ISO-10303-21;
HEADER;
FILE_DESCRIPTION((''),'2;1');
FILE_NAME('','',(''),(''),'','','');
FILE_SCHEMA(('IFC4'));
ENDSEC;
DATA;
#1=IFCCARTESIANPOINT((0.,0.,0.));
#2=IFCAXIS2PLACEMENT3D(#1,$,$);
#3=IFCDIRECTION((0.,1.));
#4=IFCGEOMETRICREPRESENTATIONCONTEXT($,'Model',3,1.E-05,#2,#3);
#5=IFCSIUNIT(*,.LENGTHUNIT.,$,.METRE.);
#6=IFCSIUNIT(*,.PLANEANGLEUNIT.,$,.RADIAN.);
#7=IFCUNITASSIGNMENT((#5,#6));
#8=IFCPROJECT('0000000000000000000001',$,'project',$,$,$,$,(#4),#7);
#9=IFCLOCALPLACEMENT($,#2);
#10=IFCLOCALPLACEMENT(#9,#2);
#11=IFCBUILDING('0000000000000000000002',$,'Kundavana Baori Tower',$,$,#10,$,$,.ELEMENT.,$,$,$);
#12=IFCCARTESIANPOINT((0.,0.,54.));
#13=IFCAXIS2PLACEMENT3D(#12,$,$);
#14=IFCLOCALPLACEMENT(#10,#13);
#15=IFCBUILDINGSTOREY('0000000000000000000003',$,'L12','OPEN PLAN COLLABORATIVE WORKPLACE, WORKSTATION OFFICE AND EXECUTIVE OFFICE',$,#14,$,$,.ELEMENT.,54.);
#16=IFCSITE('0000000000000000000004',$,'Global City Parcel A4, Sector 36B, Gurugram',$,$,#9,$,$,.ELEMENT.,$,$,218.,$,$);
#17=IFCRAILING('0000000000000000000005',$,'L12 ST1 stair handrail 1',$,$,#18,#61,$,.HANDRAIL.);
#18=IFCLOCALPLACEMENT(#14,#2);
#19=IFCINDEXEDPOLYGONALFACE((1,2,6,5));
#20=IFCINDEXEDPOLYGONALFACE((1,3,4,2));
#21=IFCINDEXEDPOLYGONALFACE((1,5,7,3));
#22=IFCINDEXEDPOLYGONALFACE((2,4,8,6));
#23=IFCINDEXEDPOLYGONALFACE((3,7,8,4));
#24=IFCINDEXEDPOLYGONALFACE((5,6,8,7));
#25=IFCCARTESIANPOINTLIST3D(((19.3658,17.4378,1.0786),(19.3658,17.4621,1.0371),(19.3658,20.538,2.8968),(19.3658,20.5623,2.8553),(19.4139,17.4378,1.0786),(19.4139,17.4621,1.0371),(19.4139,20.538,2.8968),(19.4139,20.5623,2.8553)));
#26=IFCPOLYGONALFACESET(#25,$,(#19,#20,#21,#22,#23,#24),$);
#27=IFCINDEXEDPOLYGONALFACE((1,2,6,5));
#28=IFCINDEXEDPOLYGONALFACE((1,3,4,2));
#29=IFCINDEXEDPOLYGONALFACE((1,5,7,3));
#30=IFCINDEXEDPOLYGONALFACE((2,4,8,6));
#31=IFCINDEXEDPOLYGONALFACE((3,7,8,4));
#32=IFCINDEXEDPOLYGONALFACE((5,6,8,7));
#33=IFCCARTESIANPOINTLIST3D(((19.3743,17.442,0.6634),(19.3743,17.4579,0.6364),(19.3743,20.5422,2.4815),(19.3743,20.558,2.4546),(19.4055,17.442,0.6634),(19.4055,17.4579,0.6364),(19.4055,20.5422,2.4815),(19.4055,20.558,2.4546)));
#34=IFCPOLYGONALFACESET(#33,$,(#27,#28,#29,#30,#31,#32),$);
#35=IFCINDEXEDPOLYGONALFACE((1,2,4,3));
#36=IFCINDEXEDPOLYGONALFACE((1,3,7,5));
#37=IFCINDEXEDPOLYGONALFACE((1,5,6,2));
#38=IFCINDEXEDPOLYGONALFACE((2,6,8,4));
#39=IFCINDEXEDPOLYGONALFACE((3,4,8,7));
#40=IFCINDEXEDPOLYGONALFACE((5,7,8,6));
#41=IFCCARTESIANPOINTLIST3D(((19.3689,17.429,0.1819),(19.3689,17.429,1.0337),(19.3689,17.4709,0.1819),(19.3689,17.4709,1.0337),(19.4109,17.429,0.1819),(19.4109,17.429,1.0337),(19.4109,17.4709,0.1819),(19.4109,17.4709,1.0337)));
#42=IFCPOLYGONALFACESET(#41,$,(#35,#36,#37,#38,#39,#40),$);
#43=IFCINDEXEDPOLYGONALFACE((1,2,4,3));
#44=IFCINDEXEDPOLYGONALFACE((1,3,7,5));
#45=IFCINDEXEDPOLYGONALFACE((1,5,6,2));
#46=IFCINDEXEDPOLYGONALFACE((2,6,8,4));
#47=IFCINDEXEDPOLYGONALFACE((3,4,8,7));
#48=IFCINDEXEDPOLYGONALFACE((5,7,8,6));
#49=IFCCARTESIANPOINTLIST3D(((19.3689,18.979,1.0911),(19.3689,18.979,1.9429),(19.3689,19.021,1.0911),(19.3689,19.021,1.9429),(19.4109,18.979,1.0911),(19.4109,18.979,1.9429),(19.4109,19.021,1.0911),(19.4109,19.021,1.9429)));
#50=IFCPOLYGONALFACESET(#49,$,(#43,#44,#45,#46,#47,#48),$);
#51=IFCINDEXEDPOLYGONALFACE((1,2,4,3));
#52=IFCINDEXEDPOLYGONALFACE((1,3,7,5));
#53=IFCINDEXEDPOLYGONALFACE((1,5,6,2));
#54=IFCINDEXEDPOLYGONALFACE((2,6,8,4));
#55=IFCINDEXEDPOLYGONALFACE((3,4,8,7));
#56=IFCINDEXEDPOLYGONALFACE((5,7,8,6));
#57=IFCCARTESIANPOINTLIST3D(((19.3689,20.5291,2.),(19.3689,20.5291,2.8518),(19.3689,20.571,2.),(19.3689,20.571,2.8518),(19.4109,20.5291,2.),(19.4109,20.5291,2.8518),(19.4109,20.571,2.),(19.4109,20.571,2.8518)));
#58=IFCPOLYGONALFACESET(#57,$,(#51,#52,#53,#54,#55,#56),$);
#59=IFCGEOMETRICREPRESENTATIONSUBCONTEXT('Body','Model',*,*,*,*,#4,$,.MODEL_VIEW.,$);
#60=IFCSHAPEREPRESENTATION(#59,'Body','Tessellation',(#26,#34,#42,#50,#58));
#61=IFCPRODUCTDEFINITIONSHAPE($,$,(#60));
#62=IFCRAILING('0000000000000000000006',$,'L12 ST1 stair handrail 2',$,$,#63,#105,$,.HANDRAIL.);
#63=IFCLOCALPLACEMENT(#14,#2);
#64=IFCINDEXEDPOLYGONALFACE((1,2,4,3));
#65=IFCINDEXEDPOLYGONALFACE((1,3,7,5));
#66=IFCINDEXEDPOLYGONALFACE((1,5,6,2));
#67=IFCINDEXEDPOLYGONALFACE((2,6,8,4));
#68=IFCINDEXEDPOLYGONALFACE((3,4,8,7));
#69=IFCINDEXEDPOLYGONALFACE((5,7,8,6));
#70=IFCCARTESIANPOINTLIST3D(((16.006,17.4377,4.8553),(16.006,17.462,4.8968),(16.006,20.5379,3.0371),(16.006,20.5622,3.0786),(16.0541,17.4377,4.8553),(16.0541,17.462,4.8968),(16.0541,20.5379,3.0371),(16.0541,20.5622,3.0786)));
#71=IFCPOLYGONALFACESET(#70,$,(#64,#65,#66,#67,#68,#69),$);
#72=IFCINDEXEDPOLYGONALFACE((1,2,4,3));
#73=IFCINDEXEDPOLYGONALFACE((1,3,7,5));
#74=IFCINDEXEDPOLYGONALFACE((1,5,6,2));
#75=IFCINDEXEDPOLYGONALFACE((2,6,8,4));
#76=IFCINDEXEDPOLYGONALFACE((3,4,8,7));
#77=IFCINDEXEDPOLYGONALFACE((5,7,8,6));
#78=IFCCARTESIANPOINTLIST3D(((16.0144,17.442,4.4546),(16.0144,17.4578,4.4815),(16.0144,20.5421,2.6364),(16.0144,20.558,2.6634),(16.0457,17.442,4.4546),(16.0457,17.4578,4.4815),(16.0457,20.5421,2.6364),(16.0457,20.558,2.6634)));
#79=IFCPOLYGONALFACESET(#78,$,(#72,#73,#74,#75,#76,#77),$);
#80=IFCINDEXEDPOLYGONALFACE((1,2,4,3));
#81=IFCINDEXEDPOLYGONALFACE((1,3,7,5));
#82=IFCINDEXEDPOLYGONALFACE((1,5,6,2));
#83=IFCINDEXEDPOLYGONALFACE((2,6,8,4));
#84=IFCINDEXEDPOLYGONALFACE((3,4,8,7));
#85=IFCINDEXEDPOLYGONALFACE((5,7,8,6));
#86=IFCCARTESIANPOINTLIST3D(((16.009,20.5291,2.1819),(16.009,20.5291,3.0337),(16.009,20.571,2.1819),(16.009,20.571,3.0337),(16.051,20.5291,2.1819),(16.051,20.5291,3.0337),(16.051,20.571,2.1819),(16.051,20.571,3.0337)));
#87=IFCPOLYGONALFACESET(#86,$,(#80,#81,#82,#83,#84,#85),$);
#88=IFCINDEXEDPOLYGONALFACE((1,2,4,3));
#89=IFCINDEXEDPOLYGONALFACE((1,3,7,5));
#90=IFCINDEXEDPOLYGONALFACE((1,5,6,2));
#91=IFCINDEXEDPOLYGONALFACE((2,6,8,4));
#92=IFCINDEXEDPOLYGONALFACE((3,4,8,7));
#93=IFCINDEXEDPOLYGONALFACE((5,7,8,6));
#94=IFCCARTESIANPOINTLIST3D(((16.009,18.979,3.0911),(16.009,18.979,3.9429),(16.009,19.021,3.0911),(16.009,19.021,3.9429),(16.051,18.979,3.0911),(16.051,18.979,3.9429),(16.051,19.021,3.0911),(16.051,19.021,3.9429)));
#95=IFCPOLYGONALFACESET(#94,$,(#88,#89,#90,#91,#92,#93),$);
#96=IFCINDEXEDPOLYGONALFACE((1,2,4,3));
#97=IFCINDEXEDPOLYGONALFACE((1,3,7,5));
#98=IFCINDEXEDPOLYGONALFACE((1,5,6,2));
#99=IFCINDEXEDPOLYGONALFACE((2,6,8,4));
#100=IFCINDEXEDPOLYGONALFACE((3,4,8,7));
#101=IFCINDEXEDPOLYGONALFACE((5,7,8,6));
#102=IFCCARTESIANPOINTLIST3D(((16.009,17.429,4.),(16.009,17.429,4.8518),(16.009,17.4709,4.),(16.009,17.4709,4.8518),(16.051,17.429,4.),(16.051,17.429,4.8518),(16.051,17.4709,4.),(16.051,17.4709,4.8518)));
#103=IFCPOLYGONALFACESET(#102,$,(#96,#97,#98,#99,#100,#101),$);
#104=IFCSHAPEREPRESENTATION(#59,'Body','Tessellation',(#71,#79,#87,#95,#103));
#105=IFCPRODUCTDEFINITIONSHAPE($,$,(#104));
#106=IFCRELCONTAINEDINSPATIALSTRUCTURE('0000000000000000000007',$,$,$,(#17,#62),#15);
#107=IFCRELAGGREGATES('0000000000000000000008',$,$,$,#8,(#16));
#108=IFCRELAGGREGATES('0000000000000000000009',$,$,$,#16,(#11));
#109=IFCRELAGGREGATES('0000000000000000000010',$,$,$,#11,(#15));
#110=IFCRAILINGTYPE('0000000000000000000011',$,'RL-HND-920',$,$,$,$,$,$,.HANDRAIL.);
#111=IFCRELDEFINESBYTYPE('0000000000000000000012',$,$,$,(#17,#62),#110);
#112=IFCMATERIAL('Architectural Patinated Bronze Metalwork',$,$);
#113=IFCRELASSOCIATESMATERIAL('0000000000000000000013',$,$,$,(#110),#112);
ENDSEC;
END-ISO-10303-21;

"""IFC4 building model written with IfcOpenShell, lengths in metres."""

from ifc_helpers import new_model, si_unit, direction, frame, origin, origin_2d, place, context, subcontext, project, spatial, rectangle, extrude, material, type_object, element, save


model = new_model("IFC4")

# Units and contexts
model_context = context("Model", 3, precision=1e-05, world=origin(), true_north=direction((0.0, 1.0)))
body_context = subcontext(model_context, "Body", "Model", "MODEL_VIEW")
ifc_project = project(units=[si_unit("LENGTHUNIT", "METRE"), si_unit("PLANEANGLEUNIT", "RADIAN")], contexts=[model_context])

# Site, building, storey
site_placement = place(None, origin())
site = spatial("IfcSite", under=ifc_project, at=site_placement, Name="Global City Parcel A4, Sector 36B, Gurugram", CompositionType="ELEMENT", RefElevation=218.0)
building_placement = place(site_placement, origin())
building = spatial("IfcBuilding", under=site, at=building_placement, Name="Kundavana Baori Tower", CompositionType="ELEMENT")
storey_placement = place(building_placement, frame((0.0, 0.0, 54.0)))
storey = spatial("IfcBuildingStorey", under=building, at=storey_placement, Name="L12", Description="OPEN PLAN COLLABORATIVE WORKPLACE, WORKSTATION OFFICE AND EXECUTIVE OFFICE", CompositionType="ELEMENT", Elevation=54.0)

# Railings
ifc_material_1 = material(Name="Architectural Patinated Bronze Metalwork")
railing_type_1 = type_object("IfcRailingType", Name="RL-HND-920", PredefinedType="HANDRAIL", material=ifc_material_1)
railing_1_placement = place(storey_placement, frame((19.3899, 17.45, 0.1819)))
element("IfcRailing", 1, at=railing_1_placement, inside=storey, type_object=railing_type_1, Name="L12 ST1 stair handrail 1", PredefinedType="HANDRAIL", context=body_context, shape_type="SweptSolid", body=[
    extrude(rectangle(XDim=0.0481, YDim=0.0481, at=origin_2d()), frame((0.0, 0.0, 0.876), z_axis=(0.0, 0.862599, 0.505889), x_axis=(-1.0, 0.0, 0.0)), (0.0, 0.0, 1.0), 3.594),
    extrude(rectangle(XDim=0.0312, YDim=0.0312, at=origin_2d()), frame((0.0, 0.0, 0.468), z_axis=(0.0, 0.862599, 0.505889), x_axis=(-1.0, 0.0, 0.0)), (0.0, 0.0, 1.0), 3.594),
    extrude(rectangle(XDim=0.042, YDim=0.042, at=origin_2d()), origin(), (0.0, 0.0, 1.0), 0.8518),
    extrude(rectangle(XDim=0.042, YDim=0.042, at=origin_2d()), frame((0.0, 1.55, 0.9092)), (0.0, 0.0, 1.0), 0.8518),
    extrude(rectangle(XDim=0.042, YDim=0.042, at=origin_2d()), frame((0.0, 3.1001, 1.8181)), (0.0, 0.0, 1.0), 0.8518),
])
railing_2_placement = place(storey_placement, frame((16.03, 20.55, 2.1819)))
element("IfcRailing", 2, at=railing_2_placement, inside=storey, type_object=railing_type_1, Name="L12 ST1 stair handrail 2", PredefinedType="HANDRAIL", context=body_context, shape_type="SweptSolid", body=[
    extrude(rectangle(XDim=0.0481, YDim=0.0481, at=origin_2d()), frame((0.0, 0.0, 0.876), z_axis=(0.0, -0.862599, 0.505889), x_axis=(1.0, 0.0, 0.0)), (0.0, 0.0, 1.0), 3.594),
    extrude(rectangle(XDim=0.0312, YDim=0.0312, at=origin_2d()), frame((0.0, 0.0, 0.468), z_axis=(0.0, -0.862599, 0.505889), x_axis=(1.0, 0.0, 0.0)), (0.0, 0.0, 1.0), 3.594),
    extrude(rectangle(XDim=0.042, YDim=0.042, at=origin_2d()), origin(), (0.0, 0.0, 1.0), 0.8518),
    extrude(rectangle(XDim=0.042, YDim=0.042, at=origin_2d()), frame((0.0, -1.55, 0.9092)), (0.0, 0.0, 1.0), 0.8518),
    extrude(rectangle(XDim=0.042, YDim=0.042, at=origin_2d()), frame((0.0, -3.1001, 1.8181)), (0.0, 0.0, 1.0), 0.8518),
])

save(model, "model.ifc")
